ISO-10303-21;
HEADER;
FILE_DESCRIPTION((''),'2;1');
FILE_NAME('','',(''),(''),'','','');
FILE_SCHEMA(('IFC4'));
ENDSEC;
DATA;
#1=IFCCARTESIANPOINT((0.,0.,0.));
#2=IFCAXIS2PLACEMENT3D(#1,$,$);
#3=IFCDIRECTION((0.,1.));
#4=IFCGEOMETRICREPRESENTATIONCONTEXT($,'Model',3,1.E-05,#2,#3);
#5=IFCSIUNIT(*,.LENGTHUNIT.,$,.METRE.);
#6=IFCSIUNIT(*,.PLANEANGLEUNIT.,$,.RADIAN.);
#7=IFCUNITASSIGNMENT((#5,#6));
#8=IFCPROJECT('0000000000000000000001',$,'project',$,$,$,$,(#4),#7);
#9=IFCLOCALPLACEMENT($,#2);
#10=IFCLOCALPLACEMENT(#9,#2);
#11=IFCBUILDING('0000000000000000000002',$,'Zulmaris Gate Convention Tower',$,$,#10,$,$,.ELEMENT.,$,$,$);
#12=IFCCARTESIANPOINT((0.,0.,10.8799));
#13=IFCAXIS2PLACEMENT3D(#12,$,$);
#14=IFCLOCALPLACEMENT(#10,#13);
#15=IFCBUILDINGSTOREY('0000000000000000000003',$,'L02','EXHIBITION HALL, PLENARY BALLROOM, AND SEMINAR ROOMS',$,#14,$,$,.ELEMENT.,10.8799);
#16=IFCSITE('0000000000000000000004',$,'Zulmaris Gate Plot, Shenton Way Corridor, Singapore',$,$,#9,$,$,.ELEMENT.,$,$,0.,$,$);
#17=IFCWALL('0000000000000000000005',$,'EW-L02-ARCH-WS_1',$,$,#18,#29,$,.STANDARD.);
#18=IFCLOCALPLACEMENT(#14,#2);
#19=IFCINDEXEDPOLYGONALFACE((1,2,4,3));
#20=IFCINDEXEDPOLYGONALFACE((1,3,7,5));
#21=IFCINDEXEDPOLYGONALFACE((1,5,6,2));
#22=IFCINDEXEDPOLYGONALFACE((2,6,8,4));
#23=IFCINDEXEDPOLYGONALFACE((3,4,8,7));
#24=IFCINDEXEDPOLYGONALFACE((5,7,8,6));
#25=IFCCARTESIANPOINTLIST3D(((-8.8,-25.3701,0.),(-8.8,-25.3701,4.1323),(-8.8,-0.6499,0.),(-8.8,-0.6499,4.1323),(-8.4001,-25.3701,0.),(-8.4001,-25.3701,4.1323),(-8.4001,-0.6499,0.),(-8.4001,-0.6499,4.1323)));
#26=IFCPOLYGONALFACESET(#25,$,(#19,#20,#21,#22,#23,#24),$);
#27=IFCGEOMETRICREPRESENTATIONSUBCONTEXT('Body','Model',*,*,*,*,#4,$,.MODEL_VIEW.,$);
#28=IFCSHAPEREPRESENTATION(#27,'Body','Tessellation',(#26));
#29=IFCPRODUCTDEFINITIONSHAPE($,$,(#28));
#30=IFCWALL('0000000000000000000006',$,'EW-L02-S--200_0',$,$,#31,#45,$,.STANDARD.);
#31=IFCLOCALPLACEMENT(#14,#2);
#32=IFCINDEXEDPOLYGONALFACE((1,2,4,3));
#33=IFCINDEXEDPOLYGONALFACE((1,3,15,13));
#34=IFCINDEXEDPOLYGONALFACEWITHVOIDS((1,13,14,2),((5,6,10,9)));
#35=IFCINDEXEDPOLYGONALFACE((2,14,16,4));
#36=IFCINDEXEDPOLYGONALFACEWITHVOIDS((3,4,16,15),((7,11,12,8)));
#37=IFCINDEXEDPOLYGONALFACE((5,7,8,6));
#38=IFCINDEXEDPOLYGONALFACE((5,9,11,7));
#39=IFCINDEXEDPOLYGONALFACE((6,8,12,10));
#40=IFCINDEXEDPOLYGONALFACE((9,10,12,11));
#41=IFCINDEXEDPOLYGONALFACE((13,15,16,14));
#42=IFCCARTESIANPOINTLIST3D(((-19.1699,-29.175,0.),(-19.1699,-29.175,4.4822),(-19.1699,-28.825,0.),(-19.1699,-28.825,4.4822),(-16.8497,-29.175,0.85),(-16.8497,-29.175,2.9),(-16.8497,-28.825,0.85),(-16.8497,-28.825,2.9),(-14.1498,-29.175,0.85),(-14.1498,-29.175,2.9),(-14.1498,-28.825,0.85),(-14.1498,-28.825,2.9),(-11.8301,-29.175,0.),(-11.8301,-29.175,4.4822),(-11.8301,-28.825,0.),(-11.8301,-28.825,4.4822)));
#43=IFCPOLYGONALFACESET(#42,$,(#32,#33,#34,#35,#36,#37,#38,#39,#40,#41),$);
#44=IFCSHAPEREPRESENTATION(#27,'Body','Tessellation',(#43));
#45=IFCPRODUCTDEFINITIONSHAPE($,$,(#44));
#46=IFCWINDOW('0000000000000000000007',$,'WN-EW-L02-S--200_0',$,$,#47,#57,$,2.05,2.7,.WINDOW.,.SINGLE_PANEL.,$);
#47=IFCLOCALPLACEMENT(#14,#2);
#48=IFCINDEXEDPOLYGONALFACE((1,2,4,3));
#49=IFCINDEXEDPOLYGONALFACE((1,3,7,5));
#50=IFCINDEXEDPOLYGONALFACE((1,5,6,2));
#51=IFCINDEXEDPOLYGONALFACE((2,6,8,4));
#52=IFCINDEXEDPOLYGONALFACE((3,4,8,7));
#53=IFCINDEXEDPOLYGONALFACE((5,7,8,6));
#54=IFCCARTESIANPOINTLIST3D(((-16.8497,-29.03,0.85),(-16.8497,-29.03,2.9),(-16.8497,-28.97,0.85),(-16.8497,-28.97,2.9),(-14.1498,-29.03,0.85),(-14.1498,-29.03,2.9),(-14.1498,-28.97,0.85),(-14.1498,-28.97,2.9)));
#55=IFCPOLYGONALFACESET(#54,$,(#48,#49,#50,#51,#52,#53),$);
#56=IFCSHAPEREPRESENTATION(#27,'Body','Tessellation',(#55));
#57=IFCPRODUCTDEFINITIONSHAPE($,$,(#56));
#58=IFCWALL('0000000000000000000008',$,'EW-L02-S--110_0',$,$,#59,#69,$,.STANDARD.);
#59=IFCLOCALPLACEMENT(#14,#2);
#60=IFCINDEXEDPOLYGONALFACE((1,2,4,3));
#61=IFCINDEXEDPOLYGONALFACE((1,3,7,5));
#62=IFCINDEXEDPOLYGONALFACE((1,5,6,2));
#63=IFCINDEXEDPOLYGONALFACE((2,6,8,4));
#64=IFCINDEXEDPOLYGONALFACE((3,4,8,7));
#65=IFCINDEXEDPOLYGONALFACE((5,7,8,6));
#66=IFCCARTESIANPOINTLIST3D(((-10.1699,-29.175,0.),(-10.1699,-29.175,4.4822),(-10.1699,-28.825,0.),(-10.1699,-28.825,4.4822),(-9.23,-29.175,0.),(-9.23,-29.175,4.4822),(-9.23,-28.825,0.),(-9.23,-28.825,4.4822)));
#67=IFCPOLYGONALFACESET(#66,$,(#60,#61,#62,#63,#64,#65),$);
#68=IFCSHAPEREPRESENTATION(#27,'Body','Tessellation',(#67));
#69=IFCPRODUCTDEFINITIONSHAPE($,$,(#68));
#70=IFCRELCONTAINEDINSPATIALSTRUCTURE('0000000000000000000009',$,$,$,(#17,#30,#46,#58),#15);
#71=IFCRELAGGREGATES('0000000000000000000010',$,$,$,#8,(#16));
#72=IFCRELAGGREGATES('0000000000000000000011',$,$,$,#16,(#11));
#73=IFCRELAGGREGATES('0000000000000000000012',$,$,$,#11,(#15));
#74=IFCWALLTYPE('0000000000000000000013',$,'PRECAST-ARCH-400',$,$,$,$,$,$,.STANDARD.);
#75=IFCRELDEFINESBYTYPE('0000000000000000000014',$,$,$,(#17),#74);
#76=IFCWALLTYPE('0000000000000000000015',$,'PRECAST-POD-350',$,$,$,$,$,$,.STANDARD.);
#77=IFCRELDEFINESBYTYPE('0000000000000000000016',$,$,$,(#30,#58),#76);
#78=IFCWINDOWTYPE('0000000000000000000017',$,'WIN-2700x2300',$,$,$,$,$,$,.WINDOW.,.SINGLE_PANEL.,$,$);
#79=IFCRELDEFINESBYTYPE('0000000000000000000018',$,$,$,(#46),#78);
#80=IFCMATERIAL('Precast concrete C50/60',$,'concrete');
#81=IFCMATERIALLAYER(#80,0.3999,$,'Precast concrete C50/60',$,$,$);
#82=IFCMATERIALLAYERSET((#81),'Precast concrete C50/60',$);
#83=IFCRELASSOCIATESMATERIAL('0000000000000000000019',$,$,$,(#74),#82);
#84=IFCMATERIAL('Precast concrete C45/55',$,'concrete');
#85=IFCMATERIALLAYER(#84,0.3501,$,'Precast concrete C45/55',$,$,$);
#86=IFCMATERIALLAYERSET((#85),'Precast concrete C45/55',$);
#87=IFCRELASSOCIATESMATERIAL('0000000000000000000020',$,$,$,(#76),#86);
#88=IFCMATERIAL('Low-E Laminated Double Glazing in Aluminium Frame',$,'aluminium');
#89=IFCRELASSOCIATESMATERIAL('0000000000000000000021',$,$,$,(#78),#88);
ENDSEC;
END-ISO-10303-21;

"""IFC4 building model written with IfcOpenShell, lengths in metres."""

from ifc_helpers import new_model, si_unit, direction, frame, frame_2d, origin, place, context, subcontext, project, spatial, rectangle, extrude, material, layer, layer_set, type_object, element, fill, save


model = new_model("IFC4")

# Units and contexts
model_context = context("Model", 3, precision=1e-05, world=origin(), true_north=direction((0.0, 1.0)))
body_context = subcontext(model_context, "Body", "Model", "MODEL_VIEW")
ifc_project = project(units=[si_unit("LENGTHUNIT", "METRE"), si_unit("PLANEANGLEUNIT", "RADIAN")], contexts=[model_context])

# Site, building, storey
site_placement = place(None, origin())
site = spatial("IfcSite", under=ifc_project, at=site_placement, Name="Zulmaris Gate Plot, Shenton Way Corridor, Singapore", CompositionType="ELEMENT", RefElevation=0.0)
building_placement = place(site_placement, origin())
building = spatial("IfcBuilding", under=site, at=building_placement, Name="Zulmaris Gate Convention Tower", CompositionType="ELEMENT")
storey_placement = place(building_placement, frame((0.0, 0.0, 10.8799)))
storey = spatial("IfcBuildingStorey", under=building, at=storey_placement, Name="L02", Description="EXHIBITION HALL, PLENARY BALLROOM, AND SEMINAR ROOMS", CompositionType="ELEMENT", Elevation=10.8799)

# Shared definitions
ifc_material_1 = material(Name="Precast concrete C50/60", Category="concrete")

# Wall
ifc_layer_1 = layer(ifc_material_1, 0.3999, Name="Precast concrete C50/60")
ifc_layer_set_1 = layer_set([ifc_layer_1], Name="Precast concrete C50/60")
wall_type_1 = type_object("IfcWallType", Name="PRECAST-ARCH-400", PredefinedType="STANDARD", material=ifc_layer_set_1)
wall_1_placement = place(storey_placement, frame((-8.6001, -25.3701, 0.0), z_axis=(0.0, 0.0, 1.0), x_axis=(0.0, 1.0, 0.0)))
element("IfcWall", 1, at=wall_1_placement, inside=storey, type_object=wall_type_1, Name="EW-L02-ARCH-WS_1", PredefinedType="STANDARD", context=body_context, shape_type="SweptSolid", body=[
    extrude(rectangle(XDim=24.7202, YDim=0.3999, at=frame_2d((12.3601, 0.0))), origin(), (0.0, 0.0, 1.0), 4.1323),
])

# Wall, opening, window
ifc_material_2 = material(Name="Precast concrete C45/55", Category="concrete")
ifc_layer_2 = layer(ifc_material_2, 0.3501, Name="Precast concrete C45/55")
ifc_layer_set_2 = layer_set([ifc_layer_2], Name="Precast concrete C45/55")
wall_type_2 = type_object("IfcWallType", Name="PRECAST-POD-350", PredefinedType="STANDARD", material=ifc_layer_set_2)
wall_2_placement = place(storey_placement, frame((-19.1699, -29.0, 0.0), z_axis=(0.0, 0.0, 1.0), x_axis=(1.0, 0.0, 0.0)))
wall_2 = element("IfcWall", 2, at=wall_2_placement, inside=storey, type_object=wall_type_2, Name="EW-L02-S--200_0", PredefinedType="STANDARD", context=body_context, shape_type="SweptSolid", body=[
    extrude(rectangle(XDim=7.3398, YDim=0.3501, at=frame_2d((3.6699, 0.0))), origin(), (0.0, 0.0, 1.0), 4.4822),
])
opening_1_placement = place(wall_2_placement, frame((2.3201, 0.0, 0.8501)))
opening_1 = element("IfcOpeningElement", 3, at=opening_1_placement, cuts=wall_2, PredefinedType="OPENING", context=body_context, shape_type="SweptSolid", body=[
    extrude(rectangle(XDim=2.7, YDim=2.05, at=frame_2d((1.3501, 1.0249))), frame((0.0, 0.1851, 0.0), z_axis=(0.0, -1.0, 0.0), x_axis=(1.0, 0.0, 0.0)), (0.0, 0.0, 1.0), 0.3701),
])
ifc_material_3 = material(Name="Low-E Laminated Double Glazing in Aluminium Frame", Category="aluminium")
window_type = type_object("IfcWindowType", Name="WIN-2700x2300", PartitioningType="SINGLE_PANEL", PredefinedType="WINDOW", material=ifc_material_3)
window_placement = place(opening_1_placement, origin())
window = element("IfcWindow", 4, at=window_placement, inside=storey, type_object=window_type, Name="WN-EW-L02-S--200_0", OverallHeight=2.05, OverallWidth=2.7, PartitioningType="SINGLE_PANEL", PredefinedType="WINDOW", context=body_context, shape_type="SweptSolid", body=[
    extrude(rectangle(XDim=2.7, YDim=2.05, at=frame_2d((1.3501, 1.0249))), frame((0.0, 0.03, 0.0), z_axis=(0.0, -1.0, 0.0), x_axis=(1.0, 0.0, 0.0)), (0.0, 0.0, 1.0), 0.0601),
])
fill(opening_1, window)

# Wall
wall_3_placement = place(storey_placement, frame((-10.1699, -29.0, 0.0), z_axis=(0.0, 0.0, 1.0), x_axis=(1.0, 0.0, 0.0)))
element("IfcWall", 5, at=wall_3_placement, inside=storey, type_object=wall_type_2, Name="EW-L02-S--110_0", PredefinedType="STANDARD", context=body_context, shape_type="SweptSolid", body=[
    extrude(rectangle(XDim=0.9399, YDim=0.3501, at=frame_2d((0.47, 0.0))), origin(), (0.0, 0.0, 1.0), 4.4822),
])

save(model, "model.ifc")
